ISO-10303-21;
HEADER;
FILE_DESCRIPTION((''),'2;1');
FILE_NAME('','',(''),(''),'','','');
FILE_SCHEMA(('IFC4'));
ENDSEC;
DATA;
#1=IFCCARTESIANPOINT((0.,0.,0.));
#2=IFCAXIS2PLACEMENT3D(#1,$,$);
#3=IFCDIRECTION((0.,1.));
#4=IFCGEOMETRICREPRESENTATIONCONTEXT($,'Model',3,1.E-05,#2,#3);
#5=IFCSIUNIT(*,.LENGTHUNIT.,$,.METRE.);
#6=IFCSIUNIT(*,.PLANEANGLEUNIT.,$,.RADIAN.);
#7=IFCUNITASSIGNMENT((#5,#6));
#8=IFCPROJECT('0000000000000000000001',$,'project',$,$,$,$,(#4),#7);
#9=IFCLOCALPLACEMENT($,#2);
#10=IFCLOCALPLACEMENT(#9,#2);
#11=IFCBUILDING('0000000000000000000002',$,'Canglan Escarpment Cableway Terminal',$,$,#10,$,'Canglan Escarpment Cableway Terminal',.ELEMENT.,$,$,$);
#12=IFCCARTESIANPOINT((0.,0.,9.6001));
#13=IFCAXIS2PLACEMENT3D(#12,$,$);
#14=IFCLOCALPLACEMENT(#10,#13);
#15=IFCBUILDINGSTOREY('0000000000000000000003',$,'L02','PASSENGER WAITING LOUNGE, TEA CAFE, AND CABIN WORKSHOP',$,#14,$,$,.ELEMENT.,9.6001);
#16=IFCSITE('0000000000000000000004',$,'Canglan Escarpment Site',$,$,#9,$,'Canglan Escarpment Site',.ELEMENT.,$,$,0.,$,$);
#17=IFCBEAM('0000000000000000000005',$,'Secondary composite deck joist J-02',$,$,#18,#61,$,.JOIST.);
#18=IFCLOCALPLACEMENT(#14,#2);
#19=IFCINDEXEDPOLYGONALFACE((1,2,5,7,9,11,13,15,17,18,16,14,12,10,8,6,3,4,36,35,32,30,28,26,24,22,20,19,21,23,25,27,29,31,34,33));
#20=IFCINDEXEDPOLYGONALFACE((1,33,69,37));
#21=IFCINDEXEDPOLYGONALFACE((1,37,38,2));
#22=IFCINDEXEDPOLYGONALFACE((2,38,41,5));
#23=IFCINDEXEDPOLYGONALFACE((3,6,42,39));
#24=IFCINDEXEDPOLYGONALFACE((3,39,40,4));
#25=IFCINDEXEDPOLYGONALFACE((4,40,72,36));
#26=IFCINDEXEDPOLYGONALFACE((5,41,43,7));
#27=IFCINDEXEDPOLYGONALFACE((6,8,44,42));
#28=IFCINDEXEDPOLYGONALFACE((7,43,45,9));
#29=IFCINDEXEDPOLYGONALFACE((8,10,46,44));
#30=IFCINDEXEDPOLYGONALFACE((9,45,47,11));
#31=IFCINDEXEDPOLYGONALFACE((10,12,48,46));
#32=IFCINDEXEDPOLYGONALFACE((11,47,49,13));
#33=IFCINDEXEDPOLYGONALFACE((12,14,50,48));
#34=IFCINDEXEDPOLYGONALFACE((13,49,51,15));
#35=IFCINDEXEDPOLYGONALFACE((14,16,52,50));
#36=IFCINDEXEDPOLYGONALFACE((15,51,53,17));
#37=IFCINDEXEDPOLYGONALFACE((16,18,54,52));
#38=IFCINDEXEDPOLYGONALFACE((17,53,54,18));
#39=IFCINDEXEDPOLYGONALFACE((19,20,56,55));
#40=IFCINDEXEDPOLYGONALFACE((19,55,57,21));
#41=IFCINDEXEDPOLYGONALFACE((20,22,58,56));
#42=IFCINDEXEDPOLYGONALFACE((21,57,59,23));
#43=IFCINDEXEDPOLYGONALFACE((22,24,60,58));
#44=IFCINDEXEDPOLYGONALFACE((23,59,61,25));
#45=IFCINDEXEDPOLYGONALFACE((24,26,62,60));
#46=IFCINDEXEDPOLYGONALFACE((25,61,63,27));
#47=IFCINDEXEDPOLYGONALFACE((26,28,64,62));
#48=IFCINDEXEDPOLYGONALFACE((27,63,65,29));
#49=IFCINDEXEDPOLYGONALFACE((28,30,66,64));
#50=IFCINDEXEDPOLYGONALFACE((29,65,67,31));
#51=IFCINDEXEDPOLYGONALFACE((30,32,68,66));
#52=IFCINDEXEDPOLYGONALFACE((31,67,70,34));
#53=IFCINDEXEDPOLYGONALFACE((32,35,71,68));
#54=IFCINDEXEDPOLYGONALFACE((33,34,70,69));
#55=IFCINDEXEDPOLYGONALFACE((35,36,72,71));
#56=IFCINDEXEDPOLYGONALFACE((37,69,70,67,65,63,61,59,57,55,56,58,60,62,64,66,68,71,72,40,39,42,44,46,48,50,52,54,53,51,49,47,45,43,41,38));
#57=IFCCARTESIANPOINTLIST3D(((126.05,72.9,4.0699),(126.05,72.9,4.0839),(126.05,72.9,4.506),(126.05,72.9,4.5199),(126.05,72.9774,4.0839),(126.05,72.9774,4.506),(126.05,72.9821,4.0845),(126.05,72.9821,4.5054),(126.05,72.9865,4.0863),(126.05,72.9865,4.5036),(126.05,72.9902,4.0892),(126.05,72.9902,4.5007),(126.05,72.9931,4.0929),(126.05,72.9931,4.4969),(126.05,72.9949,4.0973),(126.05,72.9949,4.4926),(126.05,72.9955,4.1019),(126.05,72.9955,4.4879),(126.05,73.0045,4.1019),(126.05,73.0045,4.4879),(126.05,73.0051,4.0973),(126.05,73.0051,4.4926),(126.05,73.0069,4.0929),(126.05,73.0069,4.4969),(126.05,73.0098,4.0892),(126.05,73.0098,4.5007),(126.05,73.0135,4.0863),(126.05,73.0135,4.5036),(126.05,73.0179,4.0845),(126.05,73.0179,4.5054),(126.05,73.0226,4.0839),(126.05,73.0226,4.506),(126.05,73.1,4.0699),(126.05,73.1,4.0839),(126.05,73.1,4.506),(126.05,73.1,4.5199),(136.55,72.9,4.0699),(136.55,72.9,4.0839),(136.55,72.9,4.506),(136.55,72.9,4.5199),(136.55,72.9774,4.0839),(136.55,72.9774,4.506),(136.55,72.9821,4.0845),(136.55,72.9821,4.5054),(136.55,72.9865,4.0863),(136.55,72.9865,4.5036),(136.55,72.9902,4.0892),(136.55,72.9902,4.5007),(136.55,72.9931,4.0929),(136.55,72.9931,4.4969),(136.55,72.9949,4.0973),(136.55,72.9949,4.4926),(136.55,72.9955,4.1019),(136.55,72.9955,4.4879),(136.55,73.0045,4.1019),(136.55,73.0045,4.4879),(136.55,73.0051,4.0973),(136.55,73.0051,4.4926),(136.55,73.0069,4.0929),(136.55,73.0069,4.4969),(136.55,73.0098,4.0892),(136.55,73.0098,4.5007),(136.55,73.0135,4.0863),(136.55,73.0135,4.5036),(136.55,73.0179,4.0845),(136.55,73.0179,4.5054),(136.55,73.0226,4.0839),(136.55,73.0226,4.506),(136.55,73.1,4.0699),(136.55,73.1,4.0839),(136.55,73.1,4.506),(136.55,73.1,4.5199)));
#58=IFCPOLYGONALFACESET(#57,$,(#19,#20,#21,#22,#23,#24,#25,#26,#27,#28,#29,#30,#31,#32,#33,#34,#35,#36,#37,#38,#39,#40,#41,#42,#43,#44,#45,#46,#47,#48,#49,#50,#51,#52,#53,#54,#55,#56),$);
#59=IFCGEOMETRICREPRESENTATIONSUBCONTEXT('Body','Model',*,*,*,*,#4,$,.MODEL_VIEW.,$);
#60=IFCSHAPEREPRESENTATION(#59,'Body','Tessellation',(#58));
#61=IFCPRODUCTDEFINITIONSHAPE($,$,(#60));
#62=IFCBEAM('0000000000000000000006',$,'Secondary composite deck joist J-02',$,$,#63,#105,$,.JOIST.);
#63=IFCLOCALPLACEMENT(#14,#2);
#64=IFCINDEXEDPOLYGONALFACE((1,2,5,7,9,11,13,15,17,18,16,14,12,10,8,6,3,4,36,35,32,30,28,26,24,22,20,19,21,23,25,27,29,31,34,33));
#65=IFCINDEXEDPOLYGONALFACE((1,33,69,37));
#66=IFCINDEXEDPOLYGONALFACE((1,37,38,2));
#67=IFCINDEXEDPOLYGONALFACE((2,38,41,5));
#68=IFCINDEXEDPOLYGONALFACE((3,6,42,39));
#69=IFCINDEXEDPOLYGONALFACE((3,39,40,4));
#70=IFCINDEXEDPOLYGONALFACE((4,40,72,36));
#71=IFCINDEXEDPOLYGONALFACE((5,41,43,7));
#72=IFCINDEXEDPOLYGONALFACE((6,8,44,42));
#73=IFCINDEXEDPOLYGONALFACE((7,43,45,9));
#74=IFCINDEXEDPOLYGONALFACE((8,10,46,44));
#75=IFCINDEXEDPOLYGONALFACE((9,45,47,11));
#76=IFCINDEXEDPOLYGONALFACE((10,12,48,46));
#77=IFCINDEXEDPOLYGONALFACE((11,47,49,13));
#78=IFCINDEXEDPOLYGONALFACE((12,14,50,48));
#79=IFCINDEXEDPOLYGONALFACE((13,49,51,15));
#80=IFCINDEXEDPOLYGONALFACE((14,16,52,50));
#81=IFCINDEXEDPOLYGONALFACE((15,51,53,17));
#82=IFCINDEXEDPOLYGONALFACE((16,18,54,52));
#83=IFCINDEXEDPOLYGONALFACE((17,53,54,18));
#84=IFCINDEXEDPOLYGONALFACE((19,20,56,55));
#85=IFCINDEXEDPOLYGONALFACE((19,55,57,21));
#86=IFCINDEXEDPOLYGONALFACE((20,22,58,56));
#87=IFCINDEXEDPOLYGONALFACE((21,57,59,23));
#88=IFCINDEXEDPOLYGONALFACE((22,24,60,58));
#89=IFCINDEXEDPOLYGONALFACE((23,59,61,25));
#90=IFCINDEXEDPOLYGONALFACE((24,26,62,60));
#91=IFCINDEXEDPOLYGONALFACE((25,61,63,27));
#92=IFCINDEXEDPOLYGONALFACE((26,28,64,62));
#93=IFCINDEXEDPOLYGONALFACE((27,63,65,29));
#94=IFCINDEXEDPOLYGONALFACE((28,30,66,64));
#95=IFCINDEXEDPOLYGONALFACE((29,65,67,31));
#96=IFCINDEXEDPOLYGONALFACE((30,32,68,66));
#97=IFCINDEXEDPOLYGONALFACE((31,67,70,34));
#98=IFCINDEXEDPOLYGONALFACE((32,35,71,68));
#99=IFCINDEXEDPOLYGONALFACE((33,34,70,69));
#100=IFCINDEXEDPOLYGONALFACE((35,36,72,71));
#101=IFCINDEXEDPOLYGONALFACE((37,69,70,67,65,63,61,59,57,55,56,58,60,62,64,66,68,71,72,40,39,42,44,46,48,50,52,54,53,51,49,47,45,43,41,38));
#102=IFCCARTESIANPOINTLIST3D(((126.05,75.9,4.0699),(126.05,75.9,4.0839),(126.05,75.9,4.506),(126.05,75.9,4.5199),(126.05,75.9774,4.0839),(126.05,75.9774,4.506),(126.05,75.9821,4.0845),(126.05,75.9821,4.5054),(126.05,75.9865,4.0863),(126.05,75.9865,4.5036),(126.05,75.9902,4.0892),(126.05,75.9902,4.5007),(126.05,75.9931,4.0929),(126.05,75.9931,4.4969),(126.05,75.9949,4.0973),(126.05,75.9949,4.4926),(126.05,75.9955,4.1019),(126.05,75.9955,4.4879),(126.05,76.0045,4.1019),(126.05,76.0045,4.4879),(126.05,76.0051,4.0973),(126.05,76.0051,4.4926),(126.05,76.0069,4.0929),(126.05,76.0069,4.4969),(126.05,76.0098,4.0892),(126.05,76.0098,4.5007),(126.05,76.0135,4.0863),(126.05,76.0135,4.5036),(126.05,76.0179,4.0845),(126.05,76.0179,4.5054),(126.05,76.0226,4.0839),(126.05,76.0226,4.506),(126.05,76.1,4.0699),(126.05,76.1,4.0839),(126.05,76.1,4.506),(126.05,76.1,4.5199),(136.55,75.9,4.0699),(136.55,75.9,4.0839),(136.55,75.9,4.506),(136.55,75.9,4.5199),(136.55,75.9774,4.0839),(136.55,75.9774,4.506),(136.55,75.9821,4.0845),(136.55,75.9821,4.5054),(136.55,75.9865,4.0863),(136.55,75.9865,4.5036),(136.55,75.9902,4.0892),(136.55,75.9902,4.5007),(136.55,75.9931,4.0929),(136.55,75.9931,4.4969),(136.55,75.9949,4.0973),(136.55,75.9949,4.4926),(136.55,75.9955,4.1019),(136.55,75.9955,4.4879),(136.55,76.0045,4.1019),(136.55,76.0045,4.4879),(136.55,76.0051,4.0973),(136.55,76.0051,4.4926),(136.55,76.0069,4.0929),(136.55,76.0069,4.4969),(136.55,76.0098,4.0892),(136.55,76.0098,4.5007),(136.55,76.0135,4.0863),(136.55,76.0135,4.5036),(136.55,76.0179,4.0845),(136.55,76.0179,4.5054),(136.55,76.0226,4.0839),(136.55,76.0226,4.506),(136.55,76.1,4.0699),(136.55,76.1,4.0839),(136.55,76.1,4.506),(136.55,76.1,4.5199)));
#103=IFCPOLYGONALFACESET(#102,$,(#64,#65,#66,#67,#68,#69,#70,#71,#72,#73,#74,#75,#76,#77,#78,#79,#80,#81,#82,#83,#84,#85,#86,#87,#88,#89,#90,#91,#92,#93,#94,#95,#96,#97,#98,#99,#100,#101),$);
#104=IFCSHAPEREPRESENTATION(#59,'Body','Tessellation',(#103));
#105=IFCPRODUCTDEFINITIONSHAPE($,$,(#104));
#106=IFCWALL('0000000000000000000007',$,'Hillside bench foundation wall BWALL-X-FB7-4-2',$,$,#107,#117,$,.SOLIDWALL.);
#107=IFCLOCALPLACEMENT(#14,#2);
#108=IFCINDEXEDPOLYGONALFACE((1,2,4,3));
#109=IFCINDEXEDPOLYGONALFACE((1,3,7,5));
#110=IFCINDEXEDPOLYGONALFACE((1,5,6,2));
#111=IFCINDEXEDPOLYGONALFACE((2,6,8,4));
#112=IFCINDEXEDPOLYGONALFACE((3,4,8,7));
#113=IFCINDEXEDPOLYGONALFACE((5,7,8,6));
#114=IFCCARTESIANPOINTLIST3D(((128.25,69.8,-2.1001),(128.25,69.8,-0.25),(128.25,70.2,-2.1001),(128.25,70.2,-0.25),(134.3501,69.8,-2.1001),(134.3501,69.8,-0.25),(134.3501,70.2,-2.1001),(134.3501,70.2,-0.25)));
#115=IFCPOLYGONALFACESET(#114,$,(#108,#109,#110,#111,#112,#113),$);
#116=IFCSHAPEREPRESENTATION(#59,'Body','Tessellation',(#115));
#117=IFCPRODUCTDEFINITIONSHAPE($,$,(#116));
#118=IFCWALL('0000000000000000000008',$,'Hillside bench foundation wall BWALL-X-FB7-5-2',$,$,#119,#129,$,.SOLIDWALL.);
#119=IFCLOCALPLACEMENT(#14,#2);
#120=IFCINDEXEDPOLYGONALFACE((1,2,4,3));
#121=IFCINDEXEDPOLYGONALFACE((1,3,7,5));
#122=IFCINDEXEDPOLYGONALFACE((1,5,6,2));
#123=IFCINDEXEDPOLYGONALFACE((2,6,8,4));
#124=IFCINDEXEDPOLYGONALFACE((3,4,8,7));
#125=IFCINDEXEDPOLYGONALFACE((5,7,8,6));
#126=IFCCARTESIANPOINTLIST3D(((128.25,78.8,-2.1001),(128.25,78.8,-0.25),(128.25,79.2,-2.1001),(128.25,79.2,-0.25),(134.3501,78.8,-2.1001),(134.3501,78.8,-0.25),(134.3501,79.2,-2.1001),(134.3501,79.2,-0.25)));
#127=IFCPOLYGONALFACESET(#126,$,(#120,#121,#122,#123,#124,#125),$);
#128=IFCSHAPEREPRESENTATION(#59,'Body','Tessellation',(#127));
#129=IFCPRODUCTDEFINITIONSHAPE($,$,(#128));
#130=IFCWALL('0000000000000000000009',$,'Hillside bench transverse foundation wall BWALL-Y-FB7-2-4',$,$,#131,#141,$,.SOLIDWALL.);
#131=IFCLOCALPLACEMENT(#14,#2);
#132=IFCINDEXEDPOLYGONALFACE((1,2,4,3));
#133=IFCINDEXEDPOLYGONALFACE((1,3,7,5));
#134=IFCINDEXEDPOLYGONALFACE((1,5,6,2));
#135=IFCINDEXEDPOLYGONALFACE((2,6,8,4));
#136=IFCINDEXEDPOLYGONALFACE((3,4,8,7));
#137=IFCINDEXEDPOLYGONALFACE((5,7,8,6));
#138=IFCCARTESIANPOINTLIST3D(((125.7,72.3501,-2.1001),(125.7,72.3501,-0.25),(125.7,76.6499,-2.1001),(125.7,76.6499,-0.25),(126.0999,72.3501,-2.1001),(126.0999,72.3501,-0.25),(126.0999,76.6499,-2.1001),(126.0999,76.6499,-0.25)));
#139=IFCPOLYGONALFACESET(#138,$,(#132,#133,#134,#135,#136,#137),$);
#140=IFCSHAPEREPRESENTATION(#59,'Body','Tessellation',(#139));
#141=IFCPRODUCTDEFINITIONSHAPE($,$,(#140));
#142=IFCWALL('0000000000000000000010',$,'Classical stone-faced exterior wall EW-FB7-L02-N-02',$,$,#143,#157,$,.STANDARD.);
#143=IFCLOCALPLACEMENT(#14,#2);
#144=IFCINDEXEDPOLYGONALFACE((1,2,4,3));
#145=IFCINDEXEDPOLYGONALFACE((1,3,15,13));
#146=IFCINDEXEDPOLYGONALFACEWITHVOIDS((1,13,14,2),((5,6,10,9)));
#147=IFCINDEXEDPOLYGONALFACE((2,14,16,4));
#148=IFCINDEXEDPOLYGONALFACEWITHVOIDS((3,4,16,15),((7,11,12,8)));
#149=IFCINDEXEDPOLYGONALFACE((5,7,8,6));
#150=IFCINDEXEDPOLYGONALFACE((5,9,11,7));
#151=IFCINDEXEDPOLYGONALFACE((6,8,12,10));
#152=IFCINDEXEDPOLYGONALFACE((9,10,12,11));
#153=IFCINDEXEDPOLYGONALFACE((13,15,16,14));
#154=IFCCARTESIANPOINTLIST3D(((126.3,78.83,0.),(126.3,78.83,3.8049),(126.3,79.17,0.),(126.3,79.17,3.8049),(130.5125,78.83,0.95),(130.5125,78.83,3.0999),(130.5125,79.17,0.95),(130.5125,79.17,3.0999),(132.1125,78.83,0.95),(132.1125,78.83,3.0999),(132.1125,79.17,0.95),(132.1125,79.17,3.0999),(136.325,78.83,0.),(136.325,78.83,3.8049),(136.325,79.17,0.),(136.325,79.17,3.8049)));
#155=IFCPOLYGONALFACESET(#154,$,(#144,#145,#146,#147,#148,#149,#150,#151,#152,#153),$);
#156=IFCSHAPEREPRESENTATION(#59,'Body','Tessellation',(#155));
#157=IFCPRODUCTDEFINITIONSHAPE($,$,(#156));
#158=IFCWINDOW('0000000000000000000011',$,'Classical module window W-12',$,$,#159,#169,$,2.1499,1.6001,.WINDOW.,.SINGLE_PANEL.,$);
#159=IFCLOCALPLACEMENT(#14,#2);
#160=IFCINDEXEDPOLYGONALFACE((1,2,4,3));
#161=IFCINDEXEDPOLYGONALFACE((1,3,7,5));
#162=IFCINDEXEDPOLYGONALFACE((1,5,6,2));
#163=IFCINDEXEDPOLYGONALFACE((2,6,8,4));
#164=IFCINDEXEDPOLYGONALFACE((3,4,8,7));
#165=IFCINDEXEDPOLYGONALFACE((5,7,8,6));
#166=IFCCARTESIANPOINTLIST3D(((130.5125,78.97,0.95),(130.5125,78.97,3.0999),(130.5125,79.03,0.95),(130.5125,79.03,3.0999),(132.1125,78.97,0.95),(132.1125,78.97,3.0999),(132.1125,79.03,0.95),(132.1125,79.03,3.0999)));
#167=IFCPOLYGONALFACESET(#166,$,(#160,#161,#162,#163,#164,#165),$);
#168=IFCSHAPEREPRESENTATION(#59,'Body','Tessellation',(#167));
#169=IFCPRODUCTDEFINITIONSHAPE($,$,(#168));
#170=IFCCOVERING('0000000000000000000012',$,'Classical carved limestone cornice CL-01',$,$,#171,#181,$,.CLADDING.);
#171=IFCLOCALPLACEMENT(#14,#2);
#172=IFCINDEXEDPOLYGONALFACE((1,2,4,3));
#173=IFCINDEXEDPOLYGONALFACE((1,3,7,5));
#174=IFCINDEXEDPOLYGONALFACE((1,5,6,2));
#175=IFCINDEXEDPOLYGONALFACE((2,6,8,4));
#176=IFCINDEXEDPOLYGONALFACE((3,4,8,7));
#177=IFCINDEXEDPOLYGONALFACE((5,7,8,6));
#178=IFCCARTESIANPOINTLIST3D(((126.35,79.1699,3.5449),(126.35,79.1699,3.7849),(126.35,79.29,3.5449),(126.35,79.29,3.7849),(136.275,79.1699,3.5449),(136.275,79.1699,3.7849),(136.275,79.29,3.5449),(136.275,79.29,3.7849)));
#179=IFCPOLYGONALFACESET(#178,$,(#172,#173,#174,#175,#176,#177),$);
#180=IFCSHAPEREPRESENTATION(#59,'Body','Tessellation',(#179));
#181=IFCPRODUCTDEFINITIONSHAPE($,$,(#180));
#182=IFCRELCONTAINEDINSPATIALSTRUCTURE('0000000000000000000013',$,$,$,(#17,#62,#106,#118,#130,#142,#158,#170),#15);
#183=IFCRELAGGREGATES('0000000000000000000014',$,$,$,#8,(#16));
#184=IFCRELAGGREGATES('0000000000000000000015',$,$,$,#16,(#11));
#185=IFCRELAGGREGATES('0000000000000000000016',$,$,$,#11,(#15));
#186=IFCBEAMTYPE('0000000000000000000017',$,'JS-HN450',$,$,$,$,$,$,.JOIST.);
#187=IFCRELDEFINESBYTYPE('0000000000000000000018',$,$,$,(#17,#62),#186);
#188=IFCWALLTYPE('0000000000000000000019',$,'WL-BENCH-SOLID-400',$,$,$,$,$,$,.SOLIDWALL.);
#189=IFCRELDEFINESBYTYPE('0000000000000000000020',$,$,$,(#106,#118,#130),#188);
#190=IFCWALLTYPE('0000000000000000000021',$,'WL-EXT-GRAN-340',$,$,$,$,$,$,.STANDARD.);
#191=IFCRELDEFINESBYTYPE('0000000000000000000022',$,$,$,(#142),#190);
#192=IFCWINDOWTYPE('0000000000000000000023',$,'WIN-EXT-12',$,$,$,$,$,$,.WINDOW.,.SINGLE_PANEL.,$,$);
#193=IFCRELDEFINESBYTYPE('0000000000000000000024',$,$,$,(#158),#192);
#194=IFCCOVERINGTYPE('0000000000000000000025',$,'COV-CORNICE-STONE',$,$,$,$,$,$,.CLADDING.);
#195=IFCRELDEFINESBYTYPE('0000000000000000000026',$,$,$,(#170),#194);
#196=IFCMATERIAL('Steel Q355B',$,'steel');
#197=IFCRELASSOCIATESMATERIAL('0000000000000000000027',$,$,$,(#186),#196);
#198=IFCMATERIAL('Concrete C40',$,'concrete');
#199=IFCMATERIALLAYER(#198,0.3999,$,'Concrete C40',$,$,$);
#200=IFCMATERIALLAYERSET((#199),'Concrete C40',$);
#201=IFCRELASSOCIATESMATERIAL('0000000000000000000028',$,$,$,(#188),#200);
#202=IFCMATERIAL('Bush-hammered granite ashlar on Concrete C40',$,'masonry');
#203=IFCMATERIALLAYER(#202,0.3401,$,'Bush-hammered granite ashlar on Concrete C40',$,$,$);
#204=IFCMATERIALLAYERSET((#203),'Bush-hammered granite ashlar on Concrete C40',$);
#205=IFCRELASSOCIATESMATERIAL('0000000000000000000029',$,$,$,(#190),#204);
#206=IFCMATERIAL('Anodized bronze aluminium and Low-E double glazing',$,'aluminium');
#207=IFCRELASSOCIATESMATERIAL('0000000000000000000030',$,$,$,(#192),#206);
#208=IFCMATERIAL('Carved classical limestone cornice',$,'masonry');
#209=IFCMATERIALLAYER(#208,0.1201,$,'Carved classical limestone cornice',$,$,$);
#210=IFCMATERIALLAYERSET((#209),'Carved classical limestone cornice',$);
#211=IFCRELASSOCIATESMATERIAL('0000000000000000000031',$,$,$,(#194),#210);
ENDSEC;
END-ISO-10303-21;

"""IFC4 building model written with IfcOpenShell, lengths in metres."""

from ifc_helpers import new_model, si_unit, direction, frame, frame_2d, origin, origin_2d, place, context, subcontext, project, spatial, rectangle, i_section, extrude, material, layer, layer_set, material_profile, profile_set, type_object, element, fill, save


model = new_model("IFC4")

# Units and contexts
model_context = context("Model", 3, precision=1e-05, world=origin(), true_north=direction((0.0, 1.0)))
body_context = subcontext(model_context, "Body", "Model", "MODEL_VIEW")
ifc_project = project(units=[si_unit("LENGTHUNIT", "METRE"), si_unit("PLANEANGLEUNIT", "RADIAN")], contexts=[model_context])

# Site, building, storey
site_placement = place(None, origin())
site = spatial("IfcSite", under=ifc_project, at=site_placement, Name="Canglan Escarpment Site", LongName="Canglan Escarpment Site", CompositionType="ELEMENT", RefElevation=0.0)
building_placement = place(site_placement, origin())
building = spatial("IfcBuilding", under=site, at=building_placement, Name="Canglan Escarpment Cableway Terminal", LongName="Canglan Escarpment Cableway Terminal", CompositionType="ELEMENT")
storey_placement = place(building_placement, frame((0.0, 0.0, 9.6001)))
storey = spatial("IfcBuildingStorey", under=building, at=storey_placement, Name="L02", Description="PASSENGER WAITING LOUNGE, TEA CAFE, AND CABIN WORKSHOP", CompositionType="ELEMENT", Elevation=9.6001)

# Shared definitions
ifc_material_1 = material(Name="Concrete C40", Category="concrete")

# Beams
ifc_material_2 = material(Name="Steel Q355B", Category="steel")
ifc_material_profile_1 = material_profile(ifc_material_2, i_section(OverallWidth=0.2, OverallDepth=0.45, WebThickness=0.009, FlangeThickness=0.0139, FilletRadius=0.0181, at=origin_2d()), Name="HN 450x200x9x14")
ifc_profile_set_1 = profile_set([ifc_material_profile_1], Name="Steel Q355B")
beam_type_1 = type_object("IfcBeamType", Name="JS-HN450", PredefinedType="JOIST", material=ifc_profile_set_1)
for number, where, z_axis, x_axis, name in (
    (1, (126.05, 73.0, 4.2949), (1.0, 0.0, 0.0), (0.0, 1.0, 0.0), "Secondary composite deck joist J-02"),
    (2, (126.05, 76.0, 4.2949), (1.0, 0.0, 0.0), (0.0, 1.0, 0.0), "Secondary composite deck joist J-02"),
):
    element("IfcBeam", number, at=place(storey_placement, frame(where, z_axis=z_axis, x_axis=x_axis)), inside=storey, type_object=beam_type_1, Name=name, PredefinedType="JOIST", context=body_context, shape_type="SweptSolid", body=[
        extrude(i_section(OverallWidth=0.2, OverallDepth=0.45, WebThickness=0.009, FlangeThickness=0.0139, FilletRadius=0.0181, at=origin_2d()), origin(), (0.0, 0.0, 1.0), 10.5),
    ])

# Walls
ifc_layer_1 = layer(ifc_material_1, 0.3999, Name="Concrete C40")
ifc_layer_set_1 = layer_set([ifc_layer_1], Name="Concrete C40")
wall_type_1 = type_object("IfcWallType", Name="WL-BENCH-SOLID-400", PredefinedType="SOLIDWALL", material=ifc_layer_set_1)
for number, where, z_axis, x_axis, name in (
    (3, (128.25, 70.0, -2.1001), (0.0, 0.0, 1.0), (1.0, 0.0, 0.0), "Hillside bench foundation wall BWALL-X-FB7-4-2"),
    (4, (128.25, 79.0, -2.1001), (0.0, 0.0, 1.0), (1.0, 0.0, 0.0), "Hillside bench foundation wall BWALL-X-FB7-5-2"),
):
    element("IfcWall", number, at=place(storey_placement, frame(where, z_axis=z_axis, x_axis=x_axis)), inside=storey, type_object=wall_type_1, Name=name, PredefinedType="SOLIDWALL", context=body_context, shape_type="SweptSolid", body=[
        extrude(rectangle(XDim=6.1001, YDim=0.3999, at=frame_2d((3.05, 0.0))), origin(), (0.0, 0.0, 1.0), 1.8501),
    ])
wall_1_placement = place(storey_placement, frame((125.8999, 72.3501, -2.1001), z_axis=(0.0, 0.0, 1.0), x_axis=(0.0, 1.0, 0.0)))
element("IfcWall", 5, at=wall_1_placement, inside=storey, type_object=wall_type_1, Name="Hillside bench transverse foundation wall BWALL-Y-FB7-2-4", PredefinedType="SOLIDWALL", context=body_context, shape_type="SweptSolid", body=[
    extrude(rectangle(XDim=4.2998, YDim=0.3999, at=frame_2d((2.1499, 0.0))), origin(), (0.0, 0.0, 1.0), 1.8501),
])

# Wall, opening, window
ifc_material_3 = material(Name="Bush-hammered granite ashlar on Concrete C40", Category="masonry")
ifc_layer_2 = layer(ifc_material_3, 0.3401, Name="Bush-hammered granite ashlar on Concrete C40")
ifc_layer_set_2 = layer_set([ifc_layer_2], Name="Bush-hammered granite ashlar on Concrete C40")
wall_type_2 = type_object("IfcWallType", Name="WL-EXT-GRAN-340", PredefinedType="STANDARD", material=ifc_layer_set_2)
wall_2_placement = place(storey_placement, frame((136.325, 79.0, 0.0), z_axis=(0.0, 0.0, 1.0), x_axis=(-1.0, 0.0, 0.0)))
wall_2 = element("IfcWall", 6, at=wall_2_placement, inside=storey, type_object=wall_type_2, Name="Classical stone-faced exterior wall EW-FB7-L02-N-02", PredefinedType="STANDARD", context=body_context, shape_type="SweptSolid", body=[
    extrude(rectangle(XDim=10.0249, YDim=0.3401, at=frame_2d((5.0125, 0.0))), origin(), (0.0, 0.0, 1.0), 3.8049),
])
opening_placement = place(wall_2_placement, frame((4.2124, 0.0, 0.95)))
opening = element("IfcOpeningElement", 7, at=opening_placement, cuts=wall_2, PredefinedType="OPENING", context=body_context, shape_type="SweptSolid", body=[
    extrude(rectangle(XDim=1.6001, YDim=2.1499, at=frame_2d((0.8, 1.075))), frame((0.0, 0.1802, 0.0), z_axis=(0.0, -1.0, 0.0), x_axis=(1.0, 0.0, 0.0)), (0.0, 0.0, 1.0), 0.3601),
])
ifc_material_4 = material(Name="Anodized bronze aluminium and Low-E double glazing", Category="aluminium")
window_type = type_object("IfcWindowType", Name="WIN-EXT-12", PartitioningType="SINGLE_PANEL", PredefinedType="WINDOW", material=ifc_material_4)
window_placement = place(opening_placement, origin())
window = element("IfcWindow", 8, at=window_placement, inside=storey, type_object=window_type, Name="Classical module window W-12", OverallHeight=2.1499, OverallWidth=1.6001, PartitioningType="SINGLE_PANEL", PredefinedType="WINDOW", context=body_context, shape_type="SweptSolid", body=[
    extrude(rectangle(XDim=1.6001, YDim=2.1499, at=frame_2d((0.8, 1.075))), frame((0.0, 0.03, 0.0), z_axis=(0.0, -1.0, 0.0), x_axis=(1.0, 0.0, 0.0)), (0.0, 0.0, 1.0), 0.0601),
])
fill(opening, window)

# Covering
ifc_material_5 = material(Name="Carved classical limestone cornice", Category="masonry")
ifc_layer_3 = layer(ifc_material_5, 0.1201, Name="Carved classical limestone cornice")
ifc_layer_set_3 = layer_set([ifc_layer_3], Name="Carved classical limestone cornice")
covering_type = type_object("IfcCoveringType", Name="COV-CORNICE-STONE", PredefinedType="CLADDING", material=ifc_layer_set_3)
covering_placement = place(storey_placement, frame((131.3125, 79.23, 3.5449), z_axis=(0.0, 0.0, 1.0), x_axis=(-1.0, 0.0, 0.0)))
element("IfcCovering", 9, at=covering_placement, inside=storey, type_object=covering_type, Name="Classical carved limestone cornice CL-01", PredefinedType="CLADDING", context=body_context, shape_type="SweptSolid", body=[
    extrude(rectangle(XDim=9.925, YDim=0.1201, at=origin_2d()), origin(), (0.0, 0.0, 1.0), 0.24),
])

save(model, "model.ifc")
